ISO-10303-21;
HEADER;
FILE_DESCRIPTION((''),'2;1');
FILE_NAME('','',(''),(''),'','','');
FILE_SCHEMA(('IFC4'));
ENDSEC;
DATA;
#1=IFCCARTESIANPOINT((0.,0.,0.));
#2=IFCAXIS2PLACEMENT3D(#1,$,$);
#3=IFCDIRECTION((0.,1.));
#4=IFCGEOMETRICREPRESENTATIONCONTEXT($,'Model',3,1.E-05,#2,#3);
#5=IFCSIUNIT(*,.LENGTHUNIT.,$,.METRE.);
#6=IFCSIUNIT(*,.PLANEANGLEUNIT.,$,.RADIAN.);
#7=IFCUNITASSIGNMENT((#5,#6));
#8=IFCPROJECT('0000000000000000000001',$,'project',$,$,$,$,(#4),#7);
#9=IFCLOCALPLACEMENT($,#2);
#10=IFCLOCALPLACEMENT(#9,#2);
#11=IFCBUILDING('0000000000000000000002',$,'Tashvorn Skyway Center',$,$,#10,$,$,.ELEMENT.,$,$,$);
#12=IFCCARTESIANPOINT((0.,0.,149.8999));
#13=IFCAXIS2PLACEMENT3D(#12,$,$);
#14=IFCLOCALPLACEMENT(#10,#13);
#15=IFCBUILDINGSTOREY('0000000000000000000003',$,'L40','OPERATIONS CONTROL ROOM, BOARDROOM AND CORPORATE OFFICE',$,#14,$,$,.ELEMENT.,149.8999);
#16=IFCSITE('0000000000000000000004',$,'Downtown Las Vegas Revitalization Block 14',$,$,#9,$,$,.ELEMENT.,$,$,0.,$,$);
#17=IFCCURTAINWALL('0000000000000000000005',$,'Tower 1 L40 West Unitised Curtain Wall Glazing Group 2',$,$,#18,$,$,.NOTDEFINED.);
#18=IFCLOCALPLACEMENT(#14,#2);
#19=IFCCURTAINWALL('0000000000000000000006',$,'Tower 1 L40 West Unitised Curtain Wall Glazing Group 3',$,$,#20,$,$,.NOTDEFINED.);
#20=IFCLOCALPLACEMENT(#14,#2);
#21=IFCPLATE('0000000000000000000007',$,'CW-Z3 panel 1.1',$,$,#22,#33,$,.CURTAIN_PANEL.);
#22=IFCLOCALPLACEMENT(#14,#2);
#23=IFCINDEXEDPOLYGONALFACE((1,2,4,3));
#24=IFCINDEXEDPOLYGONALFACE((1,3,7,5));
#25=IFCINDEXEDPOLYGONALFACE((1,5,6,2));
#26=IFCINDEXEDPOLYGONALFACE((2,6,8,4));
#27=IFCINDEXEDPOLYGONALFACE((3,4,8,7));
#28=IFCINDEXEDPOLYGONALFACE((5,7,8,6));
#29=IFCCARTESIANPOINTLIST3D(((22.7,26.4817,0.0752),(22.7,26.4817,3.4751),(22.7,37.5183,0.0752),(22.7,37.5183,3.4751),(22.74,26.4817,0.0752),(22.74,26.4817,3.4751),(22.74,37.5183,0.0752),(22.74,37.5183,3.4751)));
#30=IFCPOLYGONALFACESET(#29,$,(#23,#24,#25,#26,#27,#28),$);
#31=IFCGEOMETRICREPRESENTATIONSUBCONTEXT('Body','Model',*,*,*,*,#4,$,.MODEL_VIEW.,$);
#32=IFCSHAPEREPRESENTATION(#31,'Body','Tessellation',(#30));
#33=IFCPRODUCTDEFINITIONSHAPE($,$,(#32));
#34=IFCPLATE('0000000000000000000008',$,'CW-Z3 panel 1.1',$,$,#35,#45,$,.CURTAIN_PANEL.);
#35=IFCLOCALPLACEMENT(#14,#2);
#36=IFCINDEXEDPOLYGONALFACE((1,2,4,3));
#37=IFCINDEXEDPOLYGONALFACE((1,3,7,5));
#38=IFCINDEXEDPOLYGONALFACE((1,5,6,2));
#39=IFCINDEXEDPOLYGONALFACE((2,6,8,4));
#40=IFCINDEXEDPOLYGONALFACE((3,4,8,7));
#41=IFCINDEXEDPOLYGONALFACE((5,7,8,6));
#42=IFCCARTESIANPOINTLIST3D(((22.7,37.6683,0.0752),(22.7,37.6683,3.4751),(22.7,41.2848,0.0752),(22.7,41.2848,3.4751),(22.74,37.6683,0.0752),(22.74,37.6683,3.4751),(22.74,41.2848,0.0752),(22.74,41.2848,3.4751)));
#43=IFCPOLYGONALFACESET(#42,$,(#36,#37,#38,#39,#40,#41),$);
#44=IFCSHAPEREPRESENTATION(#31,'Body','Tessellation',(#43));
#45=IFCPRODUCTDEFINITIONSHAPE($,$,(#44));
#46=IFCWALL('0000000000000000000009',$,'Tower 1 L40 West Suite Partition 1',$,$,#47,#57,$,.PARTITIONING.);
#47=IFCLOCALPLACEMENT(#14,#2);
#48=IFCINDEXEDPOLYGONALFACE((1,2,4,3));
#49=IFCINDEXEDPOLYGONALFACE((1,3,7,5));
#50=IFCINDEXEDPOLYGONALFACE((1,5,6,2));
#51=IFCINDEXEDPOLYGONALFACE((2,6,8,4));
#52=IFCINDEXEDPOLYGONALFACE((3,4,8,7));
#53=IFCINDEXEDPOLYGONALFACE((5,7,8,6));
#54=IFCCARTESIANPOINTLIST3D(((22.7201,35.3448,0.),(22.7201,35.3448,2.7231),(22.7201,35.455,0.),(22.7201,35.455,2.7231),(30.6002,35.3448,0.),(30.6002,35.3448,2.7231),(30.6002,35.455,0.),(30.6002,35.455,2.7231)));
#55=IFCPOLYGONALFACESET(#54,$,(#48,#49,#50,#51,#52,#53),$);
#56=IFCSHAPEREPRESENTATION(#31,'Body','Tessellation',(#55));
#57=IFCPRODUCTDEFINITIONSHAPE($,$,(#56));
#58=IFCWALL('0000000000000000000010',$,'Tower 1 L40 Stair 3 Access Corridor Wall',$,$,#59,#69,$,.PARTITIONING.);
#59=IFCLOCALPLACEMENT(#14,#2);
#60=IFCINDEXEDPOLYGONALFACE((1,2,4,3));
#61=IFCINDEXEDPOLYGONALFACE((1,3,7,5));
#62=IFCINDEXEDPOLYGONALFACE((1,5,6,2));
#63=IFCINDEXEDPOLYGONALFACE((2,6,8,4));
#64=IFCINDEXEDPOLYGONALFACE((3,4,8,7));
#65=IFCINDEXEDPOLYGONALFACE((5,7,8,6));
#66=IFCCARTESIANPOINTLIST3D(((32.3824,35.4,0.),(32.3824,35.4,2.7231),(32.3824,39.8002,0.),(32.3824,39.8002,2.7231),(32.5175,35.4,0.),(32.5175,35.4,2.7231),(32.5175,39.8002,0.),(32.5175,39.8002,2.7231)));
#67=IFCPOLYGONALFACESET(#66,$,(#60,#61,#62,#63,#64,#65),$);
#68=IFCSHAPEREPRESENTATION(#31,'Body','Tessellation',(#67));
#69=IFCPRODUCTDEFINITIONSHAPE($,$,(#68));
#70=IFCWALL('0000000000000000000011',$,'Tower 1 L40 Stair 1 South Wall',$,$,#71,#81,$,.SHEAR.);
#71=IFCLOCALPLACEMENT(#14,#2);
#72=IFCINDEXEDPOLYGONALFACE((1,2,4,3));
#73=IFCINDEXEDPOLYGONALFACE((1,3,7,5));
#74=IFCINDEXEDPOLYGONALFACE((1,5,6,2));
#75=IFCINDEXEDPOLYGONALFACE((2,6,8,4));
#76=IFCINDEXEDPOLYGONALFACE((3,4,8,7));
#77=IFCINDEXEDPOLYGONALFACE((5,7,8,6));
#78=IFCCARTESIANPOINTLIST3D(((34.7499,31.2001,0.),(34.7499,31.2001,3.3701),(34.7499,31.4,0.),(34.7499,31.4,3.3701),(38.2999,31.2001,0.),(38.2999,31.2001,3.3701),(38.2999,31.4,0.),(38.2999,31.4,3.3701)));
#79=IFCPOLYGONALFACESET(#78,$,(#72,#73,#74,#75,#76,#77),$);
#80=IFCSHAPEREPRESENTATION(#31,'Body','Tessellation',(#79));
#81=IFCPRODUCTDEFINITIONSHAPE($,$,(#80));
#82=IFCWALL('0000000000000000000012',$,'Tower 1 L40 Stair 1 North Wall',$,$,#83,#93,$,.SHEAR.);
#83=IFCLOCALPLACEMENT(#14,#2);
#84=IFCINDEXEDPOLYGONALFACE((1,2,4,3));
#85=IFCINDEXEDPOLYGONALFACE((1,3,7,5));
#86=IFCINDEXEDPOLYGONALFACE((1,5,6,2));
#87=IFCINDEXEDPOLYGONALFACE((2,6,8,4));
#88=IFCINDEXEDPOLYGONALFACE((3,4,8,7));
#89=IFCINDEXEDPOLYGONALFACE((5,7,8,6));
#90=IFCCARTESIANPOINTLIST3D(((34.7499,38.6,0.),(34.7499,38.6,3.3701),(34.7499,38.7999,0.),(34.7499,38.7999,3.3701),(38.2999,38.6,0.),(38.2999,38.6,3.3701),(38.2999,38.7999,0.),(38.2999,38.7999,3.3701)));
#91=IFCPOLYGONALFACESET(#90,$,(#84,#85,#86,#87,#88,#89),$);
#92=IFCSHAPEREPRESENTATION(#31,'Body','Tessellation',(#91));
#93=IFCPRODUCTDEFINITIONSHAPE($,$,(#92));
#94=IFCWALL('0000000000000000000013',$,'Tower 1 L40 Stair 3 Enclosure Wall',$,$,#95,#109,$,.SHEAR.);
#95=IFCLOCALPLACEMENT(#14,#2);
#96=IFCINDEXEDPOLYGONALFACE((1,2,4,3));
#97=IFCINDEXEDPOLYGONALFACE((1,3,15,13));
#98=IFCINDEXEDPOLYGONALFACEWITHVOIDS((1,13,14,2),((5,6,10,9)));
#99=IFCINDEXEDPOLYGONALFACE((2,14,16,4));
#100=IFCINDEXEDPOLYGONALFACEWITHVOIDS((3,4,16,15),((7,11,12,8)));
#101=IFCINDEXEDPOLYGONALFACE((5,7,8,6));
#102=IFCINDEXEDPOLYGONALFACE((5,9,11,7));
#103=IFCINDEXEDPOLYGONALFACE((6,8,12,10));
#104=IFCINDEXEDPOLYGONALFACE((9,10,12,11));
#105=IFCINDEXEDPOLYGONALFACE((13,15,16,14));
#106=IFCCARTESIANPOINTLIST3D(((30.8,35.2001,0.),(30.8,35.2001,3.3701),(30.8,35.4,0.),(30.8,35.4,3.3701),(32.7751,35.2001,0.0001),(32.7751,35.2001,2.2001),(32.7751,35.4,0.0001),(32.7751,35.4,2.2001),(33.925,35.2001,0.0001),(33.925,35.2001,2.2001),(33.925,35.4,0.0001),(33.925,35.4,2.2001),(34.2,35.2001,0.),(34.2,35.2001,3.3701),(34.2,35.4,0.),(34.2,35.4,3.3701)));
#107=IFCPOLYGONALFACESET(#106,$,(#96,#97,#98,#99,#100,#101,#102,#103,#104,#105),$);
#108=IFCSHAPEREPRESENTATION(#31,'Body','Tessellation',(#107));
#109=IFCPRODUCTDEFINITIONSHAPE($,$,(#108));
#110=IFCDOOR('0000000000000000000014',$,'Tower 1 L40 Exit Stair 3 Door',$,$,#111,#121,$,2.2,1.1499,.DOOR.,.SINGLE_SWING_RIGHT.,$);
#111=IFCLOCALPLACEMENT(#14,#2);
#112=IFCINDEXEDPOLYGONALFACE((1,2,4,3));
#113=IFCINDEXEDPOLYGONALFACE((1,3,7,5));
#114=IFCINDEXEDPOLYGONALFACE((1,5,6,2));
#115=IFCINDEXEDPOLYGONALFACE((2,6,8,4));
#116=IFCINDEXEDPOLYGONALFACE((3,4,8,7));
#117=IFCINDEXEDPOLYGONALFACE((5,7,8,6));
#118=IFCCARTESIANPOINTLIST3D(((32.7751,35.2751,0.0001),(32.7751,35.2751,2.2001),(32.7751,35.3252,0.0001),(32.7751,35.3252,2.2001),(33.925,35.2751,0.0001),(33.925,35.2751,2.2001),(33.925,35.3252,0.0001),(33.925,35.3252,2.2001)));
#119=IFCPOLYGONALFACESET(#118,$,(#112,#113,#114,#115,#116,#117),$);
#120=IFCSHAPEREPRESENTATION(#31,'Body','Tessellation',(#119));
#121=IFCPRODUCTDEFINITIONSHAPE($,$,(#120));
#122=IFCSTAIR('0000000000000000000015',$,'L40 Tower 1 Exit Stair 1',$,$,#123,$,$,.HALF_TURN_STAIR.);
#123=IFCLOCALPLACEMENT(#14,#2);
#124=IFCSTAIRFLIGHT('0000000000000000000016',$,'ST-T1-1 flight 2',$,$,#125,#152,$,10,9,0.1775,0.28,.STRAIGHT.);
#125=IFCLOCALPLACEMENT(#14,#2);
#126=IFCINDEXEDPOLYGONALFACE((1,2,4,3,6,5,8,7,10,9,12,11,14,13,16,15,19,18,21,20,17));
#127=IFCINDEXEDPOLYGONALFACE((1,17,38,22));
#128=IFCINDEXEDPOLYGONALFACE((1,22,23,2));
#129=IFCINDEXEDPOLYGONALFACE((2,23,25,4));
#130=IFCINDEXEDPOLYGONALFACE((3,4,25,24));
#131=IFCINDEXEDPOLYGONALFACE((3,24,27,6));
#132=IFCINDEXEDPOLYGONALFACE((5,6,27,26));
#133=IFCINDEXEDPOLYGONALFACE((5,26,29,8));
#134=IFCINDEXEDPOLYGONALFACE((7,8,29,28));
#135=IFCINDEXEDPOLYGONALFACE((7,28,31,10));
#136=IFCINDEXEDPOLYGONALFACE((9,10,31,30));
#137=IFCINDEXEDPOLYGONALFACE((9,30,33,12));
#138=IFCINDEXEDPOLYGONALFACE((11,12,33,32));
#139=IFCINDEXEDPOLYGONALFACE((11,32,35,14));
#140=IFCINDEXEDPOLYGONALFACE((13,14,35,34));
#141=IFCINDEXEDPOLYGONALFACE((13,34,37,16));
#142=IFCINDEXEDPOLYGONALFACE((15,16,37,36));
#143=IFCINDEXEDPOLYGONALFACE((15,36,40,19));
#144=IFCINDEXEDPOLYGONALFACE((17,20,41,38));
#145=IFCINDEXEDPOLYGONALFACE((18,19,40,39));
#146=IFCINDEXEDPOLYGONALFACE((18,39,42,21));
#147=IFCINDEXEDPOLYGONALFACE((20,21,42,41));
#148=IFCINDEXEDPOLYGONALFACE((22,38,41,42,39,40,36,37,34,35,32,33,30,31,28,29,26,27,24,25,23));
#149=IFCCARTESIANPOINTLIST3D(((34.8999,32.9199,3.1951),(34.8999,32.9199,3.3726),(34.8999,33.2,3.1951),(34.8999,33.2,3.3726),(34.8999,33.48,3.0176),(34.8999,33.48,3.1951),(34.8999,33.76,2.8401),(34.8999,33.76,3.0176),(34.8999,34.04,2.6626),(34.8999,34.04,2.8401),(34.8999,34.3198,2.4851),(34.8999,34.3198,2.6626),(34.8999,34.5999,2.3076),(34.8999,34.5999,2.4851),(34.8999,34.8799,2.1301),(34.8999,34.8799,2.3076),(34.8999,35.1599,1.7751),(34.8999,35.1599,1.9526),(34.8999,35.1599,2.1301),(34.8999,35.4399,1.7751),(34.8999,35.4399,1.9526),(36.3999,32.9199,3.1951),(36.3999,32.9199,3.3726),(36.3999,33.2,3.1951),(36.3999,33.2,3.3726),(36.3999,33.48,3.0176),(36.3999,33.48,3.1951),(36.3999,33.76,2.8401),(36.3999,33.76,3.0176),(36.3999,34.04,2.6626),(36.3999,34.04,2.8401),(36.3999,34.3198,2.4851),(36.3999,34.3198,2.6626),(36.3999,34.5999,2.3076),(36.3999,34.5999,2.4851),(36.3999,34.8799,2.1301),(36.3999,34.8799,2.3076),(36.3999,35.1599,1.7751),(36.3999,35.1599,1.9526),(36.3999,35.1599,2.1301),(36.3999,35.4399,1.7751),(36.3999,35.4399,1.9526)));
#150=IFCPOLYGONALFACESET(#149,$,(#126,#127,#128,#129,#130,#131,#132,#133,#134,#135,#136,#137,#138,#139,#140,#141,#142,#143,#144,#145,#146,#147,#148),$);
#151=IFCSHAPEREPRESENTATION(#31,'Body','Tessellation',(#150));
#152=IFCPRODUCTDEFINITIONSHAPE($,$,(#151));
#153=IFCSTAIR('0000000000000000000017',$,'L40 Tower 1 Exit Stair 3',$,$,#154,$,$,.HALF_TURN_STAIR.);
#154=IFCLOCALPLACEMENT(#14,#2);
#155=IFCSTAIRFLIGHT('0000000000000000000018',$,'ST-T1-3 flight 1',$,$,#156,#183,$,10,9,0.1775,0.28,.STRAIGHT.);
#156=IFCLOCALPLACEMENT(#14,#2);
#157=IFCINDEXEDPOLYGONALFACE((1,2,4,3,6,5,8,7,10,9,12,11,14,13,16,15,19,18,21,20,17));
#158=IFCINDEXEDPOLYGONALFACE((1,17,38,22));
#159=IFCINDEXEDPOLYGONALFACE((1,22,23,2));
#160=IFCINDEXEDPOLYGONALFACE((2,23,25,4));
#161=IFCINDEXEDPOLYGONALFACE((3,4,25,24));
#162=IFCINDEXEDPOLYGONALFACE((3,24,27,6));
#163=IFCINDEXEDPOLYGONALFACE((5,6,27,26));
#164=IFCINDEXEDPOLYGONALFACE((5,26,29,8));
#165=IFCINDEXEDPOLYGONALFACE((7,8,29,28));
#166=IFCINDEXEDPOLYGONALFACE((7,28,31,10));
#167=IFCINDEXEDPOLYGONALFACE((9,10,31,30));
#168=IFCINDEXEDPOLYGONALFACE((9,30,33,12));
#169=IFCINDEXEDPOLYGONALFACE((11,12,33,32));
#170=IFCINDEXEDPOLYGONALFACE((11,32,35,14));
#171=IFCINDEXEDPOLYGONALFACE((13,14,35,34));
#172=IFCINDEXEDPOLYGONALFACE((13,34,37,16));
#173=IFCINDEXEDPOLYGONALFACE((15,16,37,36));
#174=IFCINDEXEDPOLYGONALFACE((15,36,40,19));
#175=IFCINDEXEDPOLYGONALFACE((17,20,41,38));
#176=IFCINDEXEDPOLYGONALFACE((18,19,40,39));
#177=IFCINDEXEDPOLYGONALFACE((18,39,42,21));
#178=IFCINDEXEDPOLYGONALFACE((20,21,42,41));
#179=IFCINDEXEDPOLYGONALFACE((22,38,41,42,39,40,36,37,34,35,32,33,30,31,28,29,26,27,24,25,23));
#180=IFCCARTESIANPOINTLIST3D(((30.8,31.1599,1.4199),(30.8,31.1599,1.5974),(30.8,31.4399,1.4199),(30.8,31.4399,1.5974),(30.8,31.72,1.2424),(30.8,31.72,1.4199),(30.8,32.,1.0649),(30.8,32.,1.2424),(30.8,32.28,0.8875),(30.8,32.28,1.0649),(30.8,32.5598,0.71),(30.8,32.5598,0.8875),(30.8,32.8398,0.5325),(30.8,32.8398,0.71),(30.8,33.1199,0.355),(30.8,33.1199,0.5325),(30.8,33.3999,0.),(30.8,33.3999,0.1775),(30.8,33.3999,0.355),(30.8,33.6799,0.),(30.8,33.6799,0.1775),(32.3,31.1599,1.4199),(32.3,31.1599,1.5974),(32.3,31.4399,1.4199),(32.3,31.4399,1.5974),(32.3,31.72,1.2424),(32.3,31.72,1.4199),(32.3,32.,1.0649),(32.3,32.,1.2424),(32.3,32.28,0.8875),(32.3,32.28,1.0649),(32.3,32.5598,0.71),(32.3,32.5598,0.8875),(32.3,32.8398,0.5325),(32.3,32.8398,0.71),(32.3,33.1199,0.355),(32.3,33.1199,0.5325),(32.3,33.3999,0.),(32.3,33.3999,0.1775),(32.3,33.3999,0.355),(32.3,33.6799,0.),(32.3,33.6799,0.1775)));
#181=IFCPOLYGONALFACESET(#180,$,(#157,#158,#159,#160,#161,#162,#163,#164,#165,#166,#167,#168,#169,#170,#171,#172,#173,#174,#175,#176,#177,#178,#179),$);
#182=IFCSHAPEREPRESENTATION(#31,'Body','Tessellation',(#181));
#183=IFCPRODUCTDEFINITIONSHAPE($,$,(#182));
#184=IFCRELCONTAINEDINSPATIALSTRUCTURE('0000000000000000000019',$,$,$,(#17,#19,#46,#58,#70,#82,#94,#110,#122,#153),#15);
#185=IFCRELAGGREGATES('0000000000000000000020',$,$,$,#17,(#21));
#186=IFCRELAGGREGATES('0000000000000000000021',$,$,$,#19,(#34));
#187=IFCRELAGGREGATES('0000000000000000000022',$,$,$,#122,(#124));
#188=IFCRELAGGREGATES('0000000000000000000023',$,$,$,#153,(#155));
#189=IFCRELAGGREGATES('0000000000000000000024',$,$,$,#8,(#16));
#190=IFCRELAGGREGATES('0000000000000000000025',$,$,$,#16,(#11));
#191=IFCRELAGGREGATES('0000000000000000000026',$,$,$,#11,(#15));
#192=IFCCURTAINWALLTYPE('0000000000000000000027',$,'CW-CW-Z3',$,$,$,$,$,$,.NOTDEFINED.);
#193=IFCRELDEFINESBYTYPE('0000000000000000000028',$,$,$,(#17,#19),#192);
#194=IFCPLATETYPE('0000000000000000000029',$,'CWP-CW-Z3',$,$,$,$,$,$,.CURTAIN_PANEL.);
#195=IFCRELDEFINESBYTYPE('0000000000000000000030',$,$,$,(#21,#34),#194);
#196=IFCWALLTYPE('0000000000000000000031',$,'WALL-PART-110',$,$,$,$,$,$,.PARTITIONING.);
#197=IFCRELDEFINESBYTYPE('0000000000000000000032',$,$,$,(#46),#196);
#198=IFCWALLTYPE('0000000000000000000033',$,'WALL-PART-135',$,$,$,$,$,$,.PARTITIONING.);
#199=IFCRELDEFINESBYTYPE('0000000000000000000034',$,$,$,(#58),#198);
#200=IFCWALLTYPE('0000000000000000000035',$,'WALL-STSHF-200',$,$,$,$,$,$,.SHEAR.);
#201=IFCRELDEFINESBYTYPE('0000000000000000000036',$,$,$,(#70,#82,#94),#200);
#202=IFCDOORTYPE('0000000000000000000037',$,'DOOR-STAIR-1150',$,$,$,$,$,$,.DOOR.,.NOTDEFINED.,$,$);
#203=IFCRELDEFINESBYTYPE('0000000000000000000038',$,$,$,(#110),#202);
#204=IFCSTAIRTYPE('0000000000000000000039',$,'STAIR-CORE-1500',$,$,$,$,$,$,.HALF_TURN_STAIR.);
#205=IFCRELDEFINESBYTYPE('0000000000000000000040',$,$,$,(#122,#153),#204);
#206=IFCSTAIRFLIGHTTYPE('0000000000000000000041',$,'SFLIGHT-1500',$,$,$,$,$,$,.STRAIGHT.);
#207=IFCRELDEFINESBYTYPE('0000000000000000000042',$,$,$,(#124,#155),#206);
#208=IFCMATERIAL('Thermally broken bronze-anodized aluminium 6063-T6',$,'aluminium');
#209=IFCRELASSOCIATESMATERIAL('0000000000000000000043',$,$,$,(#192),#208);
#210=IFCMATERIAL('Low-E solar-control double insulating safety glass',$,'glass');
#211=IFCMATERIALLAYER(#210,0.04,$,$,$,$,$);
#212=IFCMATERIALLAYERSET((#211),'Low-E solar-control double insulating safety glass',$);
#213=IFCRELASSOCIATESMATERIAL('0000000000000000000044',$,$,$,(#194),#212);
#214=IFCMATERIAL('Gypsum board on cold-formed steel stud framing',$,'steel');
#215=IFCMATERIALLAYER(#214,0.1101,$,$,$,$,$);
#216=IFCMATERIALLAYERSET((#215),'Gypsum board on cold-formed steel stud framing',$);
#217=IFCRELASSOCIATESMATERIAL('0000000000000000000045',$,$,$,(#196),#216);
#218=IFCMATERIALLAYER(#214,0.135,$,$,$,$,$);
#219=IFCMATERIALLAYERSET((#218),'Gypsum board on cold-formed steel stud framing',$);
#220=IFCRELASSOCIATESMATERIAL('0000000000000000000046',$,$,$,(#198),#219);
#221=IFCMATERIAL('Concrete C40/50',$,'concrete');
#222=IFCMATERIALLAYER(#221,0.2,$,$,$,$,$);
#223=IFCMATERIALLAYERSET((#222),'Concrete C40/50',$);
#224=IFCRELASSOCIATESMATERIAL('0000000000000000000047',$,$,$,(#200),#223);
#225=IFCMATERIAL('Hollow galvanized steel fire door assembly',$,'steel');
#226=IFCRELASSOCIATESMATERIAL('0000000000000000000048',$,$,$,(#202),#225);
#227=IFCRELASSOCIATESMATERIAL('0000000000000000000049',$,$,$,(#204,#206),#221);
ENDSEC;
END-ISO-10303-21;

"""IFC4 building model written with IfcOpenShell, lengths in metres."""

from ifc_helpers import new_model, si_unit, direction, frame, frame_2d, origin, origin_2d, place, context, subcontext, project, spatial, polyline, rectangle, outline, extrude, material, layer, layer_set, type_object, element, fill, aggregate, save


model = new_model("IFC4")

# Units and contexts
model_context = context("Model", 3, precision=1e-05, world=origin(), true_north=direction((0.0, 1.0)))
body_context = subcontext(model_context, "Body", "Model", "MODEL_VIEW")
ifc_project = project(units=[si_unit("LENGTHUNIT", "METRE"), si_unit("PLANEANGLEUNIT", "RADIAN")], contexts=[model_context])

# Site, building, storey
site_placement = place(None, origin())
site = spatial("IfcSite", under=ifc_project, at=site_placement, Name="Downtown Las Vegas Revitalization Block 14", CompositionType="ELEMENT", RefElevation=0.0)
building_placement = place(site_placement, origin())
building = spatial("IfcBuilding", under=site, at=building_placement, Name="Tashvorn Skyway Center", CompositionType="ELEMENT")
storey_placement = place(building_placement, frame((0.0, 0.0, 149.8999)))
storey = spatial("IfcBuildingStorey", under=building, at=storey_placement, Name="L40", Description="OPERATIONS CONTROL ROOM, BOARDROOM AND CORPORATE OFFICE", CompositionType="ELEMENT", Elevation=149.8999)

# Curtain wall
ifc_material_1 = material(Name="Thermally broken bronze-anodized aluminium 6063-T6", Category="aluminium")
curtain_wall_type = type_object("IfcCurtainWallType", Name="CW-CW-Z3", PredefinedType="NOTDEFINED", material=ifc_material_1)
curtain_wall_1_placement = place(storey_placement, origin())
curtain_wall_1 = element("IfcCurtainWall", 1, at=curtain_wall_1_placement, inside=storey, type_object=curtain_wall_type, Name="Tower 1 L40 West Unitised Curtain Wall Glazing Group 2", PredefinedType="NOTDEFINED")

# Curtain wall
curtain_wall_2_placement = place(storey_placement, origin())
curtain_wall_2 = element("IfcCurtainWall", 2, at=curtain_wall_2_placement, inside=storey, type_object=curtain_wall_type, Name="Tower 1 L40 West Unitised Curtain Wall Glazing Group 3", PredefinedType="NOTDEFINED")

# Plates
ifc_material_2 = material(Name="Low-E solar-control double insulating safety glass", Category="glass")
ifc_layer_1 = layer(ifc_material_2, 0.04)
ifc_layer_set_1 = layer_set([ifc_layer_1], Name="Low-E solar-control double insulating safety glass")
plate_type = type_object("IfcPlateType", Name="CWP-CW-Z3", PredefinedType="CURTAIN_PANEL", material=ifc_layer_set_1)
plate_1_placement = place(storey_placement, frame((22.72, 32.0, 0.0752), z_axis=(0.0, 0.0, 1.0), x_axis=(0.0, 1.0, 0.0)))
plate_1 = element("IfcPlate", 3, at=plate_1_placement, type_object=plate_type, Name="CW-Z3 panel 1.1", PredefinedType="CURTAIN_PANEL", context=body_context, shape_type="SweptSolid", body=[
    extrude(rectangle(XDim=11.0366, YDim=0.04, at=origin_2d()), origin(), (0.0, 0.0, 1.0), 3.3999),
])
aggregate(curtain_wall_1, [plate_1])
plate_2_placement = place(storey_placement, frame((22.72, 39.4766, 0.0752), z_axis=(0.0, 0.0, 1.0), x_axis=(0.0, 1.0, 0.0)))
plate_2 = element("IfcPlate", 4, at=plate_2_placement, type_object=plate_type, Name="CW-Z3 panel 1.1", PredefinedType="CURTAIN_PANEL", context=body_context, shape_type="SweptSolid", body=[
    extrude(rectangle(XDim=3.6165, YDim=0.04, at=origin_2d()), origin(), (0.0, 0.0, 1.0), 3.3999),
])
aggregate(curtain_wall_2, [plate_2])

# Walls
ifc_material_3 = material(Name="Gypsum board on cold-formed steel stud framing", Category="steel")
ifc_layer_2 = layer(ifc_material_3, 0.1101)
ifc_layer_set_2 = layer_set([ifc_layer_2], Name="Gypsum board on cold-formed steel stud framing")
wall_type_1 = type_object("IfcWallType", Name="WALL-PART-110", PredefinedType="PARTITIONING", material=ifc_layer_set_2)
wall_1_placement = place(storey_placement, frame((30.6001, 35.3999, 0.0), z_axis=(0.0, 0.0, 1.0), x_axis=(-1.0, 0.0, 0.0)))
element("IfcWall", 5, at=wall_1_placement, inside=storey, type_object=wall_type_1, Name="Tower 1 L40 West Suite Partition 1", PredefinedType="PARTITIONING", context=body_context, shape_type="SweptSolid", body=[
    extrude(rectangle(XDim=7.8801, YDim=0.1101, at=frame_2d((3.9399, 0.0))), origin(), (0.0, 0.0, 1.0), 2.7231),
])
ifc_layer_3 = layer(ifc_material_3, 0.135)
ifc_layer_set_3 = layer_set([ifc_layer_3], Name="Gypsum board on cold-formed steel stud framing")
wall_type_2 = type_object("IfcWallType", Name="WALL-PART-135", PredefinedType="PARTITIONING", material=ifc_layer_set_3)
wall_2_placement = place(storey_placement, frame((32.45, 35.3999, 0.0), z_axis=(0.0, 0.0, 1.0), x_axis=(0.0, 1.0, 0.0)))
element("IfcWall", 6, at=wall_2_placement, inside=storey, type_object=wall_type_2, Name="Tower 1 L40 Stair 3 Access Corridor Wall", PredefinedType="PARTITIONING", context=body_context, shape_type="SweptSolid", body=[
    extrude(rectangle(XDim=4.4001, YDim=0.135, at=frame_2d((2.2002, 0.0))), origin(), (0.0, 0.0, 1.0), 2.7231),
])
ifc_material_4 = material(Name="Concrete C40/50", Category="concrete")
ifc_layer_4 = layer(ifc_material_4, 0.2)
ifc_layer_set_4 = layer_set([ifc_layer_4], Name="Concrete C40/50")
wall_type_3 = type_object("IfcWallType", Name="WALL-STSHF-200", PredefinedType="SHEAR", material=ifc_layer_set_4)
for number, where, z_axis, x_axis, name in (
    (7, (34.75, 31.3, 0.0), (0.0, 0.0, 1.0), (1.0, 0.0, 0.0), "Tower 1 L40 Stair 1 South Wall"),
    (8, (34.75, 38.7, 0.0), (0.0, 0.0, 1.0), (1.0, 0.0, 0.0), "Tower 1 L40 Stair 1 North Wall"),
):
    element("IfcWall", number, at=place(storey_placement, frame(where, z_axis=z_axis, x_axis=x_axis)), inside=storey, type_object=wall_type_3, Name=name, PredefinedType="SHEAR", context=body_context, shape_type="SweptSolid", body=[
        extrude(rectangle(XDim=3.55, YDim=0.2, at=frame_2d((1.7749, 0.0))), origin(), (0.0, 0.0, 1.0), 3.3701),
    ])

# Wall, opening, door
wall_3_placement = place(storey_placement, frame((34.2, 35.3, 0.0), z_axis=(0.0, 0.0, 1.0), x_axis=(-1.0, 0.0, 0.0)))
wall_3 = element("IfcWall", 9, at=wall_3_placement, inside=storey, type_object=wall_type_3, Name="Tower 1 L40 Stair 3 Enclosure Wall", PredefinedType="SHEAR", context=body_context, shape_type="SweptSolid", body=[
    extrude(rectangle(XDim=3.3999, YDim=0.2, at=frame_2d((1.7, 0.0))), origin(), (0.0, 0.0, 1.0), 3.3701),
])
opening_placement = place(wall_3_placement, frame((0.2749, 0.0, 0.0)))
opening = element("IfcOpeningElement", 10, at=opening_placement, cuts=wall_3, PredefinedType="OPENING", context=body_context, shape_type="SweptSolid", body=[
    extrude(rectangle(XDim=1.1499, YDim=2.2, at=frame_2d((0.575, 1.1001))), frame((0.0, 0.1099, 0.0), z_axis=(0.0, -1.0, 0.0), x_axis=(1.0, 0.0, 0.0)), (0.0, 0.0, 1.0), 0.22),
])
ifc_material_5 = material(Name="Hollow galvanized steel fire door assembly", Category="steel")
door_type = type_object("IfcDoorType", Name="DOOR-STAIR-1150", OperationType="NOTDEFINED", PredefinedType="DOOR", material=ifc_material_5)
door_placement = place(opening_placement, origin())
door = element("IfcDoor", 11, at=door_placement, inside=storey, type_object=door_type, Name="Tower 1 L40 Exit Stair 3 Door", OperationType="SINGLE_SWING_RIGHT", OverallHeight=2.2, OverallWidth=1.1499, PredefinedType="DOOR", context=body_context, shape_type="SweptSolid", body=[
    extrude(rectangle(XDim=1.1499, YDim=2.2, at=frame_2d((0.575, 1.1001))), frame((0.0, 0.0249, 0.0), z_axis=(0.0, -1.0, 0.0), x_axis=(1.0, 0.0, 0.0)), (0.0, 0.0, 1.0), 0.05),
])
fill(opening, door)

# Stair, stair flight
stair_type = type_object("IfcStairType", Name="STAIR-CORE-1500", PredefinedType="HALF_TURN_STAIR", material=ifc_material_4)
stair_1_placement = place(storey_placement, origin())
stair_1 = element("IfcStair", 12, at=stair_1_placement, inside=storey, type_object=stair_type, Name="L40 Tower 1 Exit Stair 1", PredefinedType="HALF_TURN_STAIR")
stair_flight_type = type_object("IfcStairFlightType", Name="SFLIGHT-1500", PredefinedType="STRAIGHT", material=ifc_material_4)
stair_flight_1_placement = place(storey_placement, frame((35.6499, 35.4399, 1.7751), z_axis=(0.0, 0.0, 1.0), x_axis=(0.0, -1.0, 0.0)))
stair_flight_1 = element("IfcStairFlight", 13, at=stair_flight_1_placement, type_object=stair_flight_type, Name="ST-T1-1 flight 2", NumberOfRisers=10, NumberOfTreads=9, PredefinedType="STRAIGHT", RiserHeight=0.1775, TreadLength=0.28, context=body_context, shape_type="SweptSolid", body=[
    extrude(outline(polyline([(0.0, 0.0), (0.0, 0.1775), (0.28, 0.1775), (0.28, 0.355), (0.5601, 0.355), (0.5601, 0.5325), (0.8401, 0.5325), (0.8401, 0.71), (1.1201, 0.71), (1.1201, 0.8875), (1.3999, 0.8875), (1.3999, 1.0649), (1.6799, 1.0649), (1.6799, 1.2424), (1.96, 1.2424), (1.96, 1.4199), (2.24, 1.4199), (2.24, 1.5974), (2.52, 1.5974), (2.52, 1.7749), (2.52, 1.4199), (0.28, 0.0), (0.0, 0.0)])), frame((0.0, 0.75, 0.0), z_axis=(0.0, -1.0, 0.0), x_axis=(1.0, 0.0, 0.0)), (0.0, 0.0, 1.0), 1.5),
])
aggregate(stair_1, [stair_flight_1])

# Stair, stair flight
stair_2_placement = place(storey_placement, origin())
stair_2 = element("IfcStair", 14, at=stair_2_placement, inside=storey, type_object=stair_type, Name="L40 Tower 1 Exit Stair 3", PredefinedType="HALF_TURN_STAIR")
stair_flight_2_placement = place(storey_placement, frame((31.55, 33.6799, 0.0), z_axis=(0.0, 0.0, 1.0), x_axis=(0.0, -1.0, 0.0)))
stair_flight_2 = element("IfcStairFlight", 15, at=stair_flight_2_placement, type_object=stair_flight_type, Name="ST-T1-3 flight 1", NumberOfRisers=10, NumberOfTreads=9, PredefinedType="STRAIGHT", RiserHeight=0.1775, TreadLength=0.28, context=body_context, shape_type="SweptSolid", body=[
    extrude(outline(polyline([(0.0, 0.0), (0.0, 0.1775), (0.28, 0.1775), (0.28, 0.355), (0.5601, 0.355), (0.5601, 0.5325), (0.8401, 0.5325), (0.8401, 0.71), (1.1201, 0.71), (1.1201, 0.8875), (1.3999, 0.8875), (1.3999, 1.0649), (1.6799, 1.0649), (1.6799, 1.2424), (1.96, 1.2424), (1.96, 1.4199), (2.24, 1.4199), (2.24, 1.5974), (2.52, 1.5974), (2.52, 1.7749), (2.52, 1.4199), (0.28, 0.0), (0.0, 0.0)])), frame((0.0, 0.75, 0.0), z_axis=(0.0, -1.0, 0.0), x_axis=(1.0, 0.0, 0.0)), (0.0, 0.0, 1.0), 1.5),
])
aggregate(stair_2, [stair_flight_2])

save(model, "model.ifc")
